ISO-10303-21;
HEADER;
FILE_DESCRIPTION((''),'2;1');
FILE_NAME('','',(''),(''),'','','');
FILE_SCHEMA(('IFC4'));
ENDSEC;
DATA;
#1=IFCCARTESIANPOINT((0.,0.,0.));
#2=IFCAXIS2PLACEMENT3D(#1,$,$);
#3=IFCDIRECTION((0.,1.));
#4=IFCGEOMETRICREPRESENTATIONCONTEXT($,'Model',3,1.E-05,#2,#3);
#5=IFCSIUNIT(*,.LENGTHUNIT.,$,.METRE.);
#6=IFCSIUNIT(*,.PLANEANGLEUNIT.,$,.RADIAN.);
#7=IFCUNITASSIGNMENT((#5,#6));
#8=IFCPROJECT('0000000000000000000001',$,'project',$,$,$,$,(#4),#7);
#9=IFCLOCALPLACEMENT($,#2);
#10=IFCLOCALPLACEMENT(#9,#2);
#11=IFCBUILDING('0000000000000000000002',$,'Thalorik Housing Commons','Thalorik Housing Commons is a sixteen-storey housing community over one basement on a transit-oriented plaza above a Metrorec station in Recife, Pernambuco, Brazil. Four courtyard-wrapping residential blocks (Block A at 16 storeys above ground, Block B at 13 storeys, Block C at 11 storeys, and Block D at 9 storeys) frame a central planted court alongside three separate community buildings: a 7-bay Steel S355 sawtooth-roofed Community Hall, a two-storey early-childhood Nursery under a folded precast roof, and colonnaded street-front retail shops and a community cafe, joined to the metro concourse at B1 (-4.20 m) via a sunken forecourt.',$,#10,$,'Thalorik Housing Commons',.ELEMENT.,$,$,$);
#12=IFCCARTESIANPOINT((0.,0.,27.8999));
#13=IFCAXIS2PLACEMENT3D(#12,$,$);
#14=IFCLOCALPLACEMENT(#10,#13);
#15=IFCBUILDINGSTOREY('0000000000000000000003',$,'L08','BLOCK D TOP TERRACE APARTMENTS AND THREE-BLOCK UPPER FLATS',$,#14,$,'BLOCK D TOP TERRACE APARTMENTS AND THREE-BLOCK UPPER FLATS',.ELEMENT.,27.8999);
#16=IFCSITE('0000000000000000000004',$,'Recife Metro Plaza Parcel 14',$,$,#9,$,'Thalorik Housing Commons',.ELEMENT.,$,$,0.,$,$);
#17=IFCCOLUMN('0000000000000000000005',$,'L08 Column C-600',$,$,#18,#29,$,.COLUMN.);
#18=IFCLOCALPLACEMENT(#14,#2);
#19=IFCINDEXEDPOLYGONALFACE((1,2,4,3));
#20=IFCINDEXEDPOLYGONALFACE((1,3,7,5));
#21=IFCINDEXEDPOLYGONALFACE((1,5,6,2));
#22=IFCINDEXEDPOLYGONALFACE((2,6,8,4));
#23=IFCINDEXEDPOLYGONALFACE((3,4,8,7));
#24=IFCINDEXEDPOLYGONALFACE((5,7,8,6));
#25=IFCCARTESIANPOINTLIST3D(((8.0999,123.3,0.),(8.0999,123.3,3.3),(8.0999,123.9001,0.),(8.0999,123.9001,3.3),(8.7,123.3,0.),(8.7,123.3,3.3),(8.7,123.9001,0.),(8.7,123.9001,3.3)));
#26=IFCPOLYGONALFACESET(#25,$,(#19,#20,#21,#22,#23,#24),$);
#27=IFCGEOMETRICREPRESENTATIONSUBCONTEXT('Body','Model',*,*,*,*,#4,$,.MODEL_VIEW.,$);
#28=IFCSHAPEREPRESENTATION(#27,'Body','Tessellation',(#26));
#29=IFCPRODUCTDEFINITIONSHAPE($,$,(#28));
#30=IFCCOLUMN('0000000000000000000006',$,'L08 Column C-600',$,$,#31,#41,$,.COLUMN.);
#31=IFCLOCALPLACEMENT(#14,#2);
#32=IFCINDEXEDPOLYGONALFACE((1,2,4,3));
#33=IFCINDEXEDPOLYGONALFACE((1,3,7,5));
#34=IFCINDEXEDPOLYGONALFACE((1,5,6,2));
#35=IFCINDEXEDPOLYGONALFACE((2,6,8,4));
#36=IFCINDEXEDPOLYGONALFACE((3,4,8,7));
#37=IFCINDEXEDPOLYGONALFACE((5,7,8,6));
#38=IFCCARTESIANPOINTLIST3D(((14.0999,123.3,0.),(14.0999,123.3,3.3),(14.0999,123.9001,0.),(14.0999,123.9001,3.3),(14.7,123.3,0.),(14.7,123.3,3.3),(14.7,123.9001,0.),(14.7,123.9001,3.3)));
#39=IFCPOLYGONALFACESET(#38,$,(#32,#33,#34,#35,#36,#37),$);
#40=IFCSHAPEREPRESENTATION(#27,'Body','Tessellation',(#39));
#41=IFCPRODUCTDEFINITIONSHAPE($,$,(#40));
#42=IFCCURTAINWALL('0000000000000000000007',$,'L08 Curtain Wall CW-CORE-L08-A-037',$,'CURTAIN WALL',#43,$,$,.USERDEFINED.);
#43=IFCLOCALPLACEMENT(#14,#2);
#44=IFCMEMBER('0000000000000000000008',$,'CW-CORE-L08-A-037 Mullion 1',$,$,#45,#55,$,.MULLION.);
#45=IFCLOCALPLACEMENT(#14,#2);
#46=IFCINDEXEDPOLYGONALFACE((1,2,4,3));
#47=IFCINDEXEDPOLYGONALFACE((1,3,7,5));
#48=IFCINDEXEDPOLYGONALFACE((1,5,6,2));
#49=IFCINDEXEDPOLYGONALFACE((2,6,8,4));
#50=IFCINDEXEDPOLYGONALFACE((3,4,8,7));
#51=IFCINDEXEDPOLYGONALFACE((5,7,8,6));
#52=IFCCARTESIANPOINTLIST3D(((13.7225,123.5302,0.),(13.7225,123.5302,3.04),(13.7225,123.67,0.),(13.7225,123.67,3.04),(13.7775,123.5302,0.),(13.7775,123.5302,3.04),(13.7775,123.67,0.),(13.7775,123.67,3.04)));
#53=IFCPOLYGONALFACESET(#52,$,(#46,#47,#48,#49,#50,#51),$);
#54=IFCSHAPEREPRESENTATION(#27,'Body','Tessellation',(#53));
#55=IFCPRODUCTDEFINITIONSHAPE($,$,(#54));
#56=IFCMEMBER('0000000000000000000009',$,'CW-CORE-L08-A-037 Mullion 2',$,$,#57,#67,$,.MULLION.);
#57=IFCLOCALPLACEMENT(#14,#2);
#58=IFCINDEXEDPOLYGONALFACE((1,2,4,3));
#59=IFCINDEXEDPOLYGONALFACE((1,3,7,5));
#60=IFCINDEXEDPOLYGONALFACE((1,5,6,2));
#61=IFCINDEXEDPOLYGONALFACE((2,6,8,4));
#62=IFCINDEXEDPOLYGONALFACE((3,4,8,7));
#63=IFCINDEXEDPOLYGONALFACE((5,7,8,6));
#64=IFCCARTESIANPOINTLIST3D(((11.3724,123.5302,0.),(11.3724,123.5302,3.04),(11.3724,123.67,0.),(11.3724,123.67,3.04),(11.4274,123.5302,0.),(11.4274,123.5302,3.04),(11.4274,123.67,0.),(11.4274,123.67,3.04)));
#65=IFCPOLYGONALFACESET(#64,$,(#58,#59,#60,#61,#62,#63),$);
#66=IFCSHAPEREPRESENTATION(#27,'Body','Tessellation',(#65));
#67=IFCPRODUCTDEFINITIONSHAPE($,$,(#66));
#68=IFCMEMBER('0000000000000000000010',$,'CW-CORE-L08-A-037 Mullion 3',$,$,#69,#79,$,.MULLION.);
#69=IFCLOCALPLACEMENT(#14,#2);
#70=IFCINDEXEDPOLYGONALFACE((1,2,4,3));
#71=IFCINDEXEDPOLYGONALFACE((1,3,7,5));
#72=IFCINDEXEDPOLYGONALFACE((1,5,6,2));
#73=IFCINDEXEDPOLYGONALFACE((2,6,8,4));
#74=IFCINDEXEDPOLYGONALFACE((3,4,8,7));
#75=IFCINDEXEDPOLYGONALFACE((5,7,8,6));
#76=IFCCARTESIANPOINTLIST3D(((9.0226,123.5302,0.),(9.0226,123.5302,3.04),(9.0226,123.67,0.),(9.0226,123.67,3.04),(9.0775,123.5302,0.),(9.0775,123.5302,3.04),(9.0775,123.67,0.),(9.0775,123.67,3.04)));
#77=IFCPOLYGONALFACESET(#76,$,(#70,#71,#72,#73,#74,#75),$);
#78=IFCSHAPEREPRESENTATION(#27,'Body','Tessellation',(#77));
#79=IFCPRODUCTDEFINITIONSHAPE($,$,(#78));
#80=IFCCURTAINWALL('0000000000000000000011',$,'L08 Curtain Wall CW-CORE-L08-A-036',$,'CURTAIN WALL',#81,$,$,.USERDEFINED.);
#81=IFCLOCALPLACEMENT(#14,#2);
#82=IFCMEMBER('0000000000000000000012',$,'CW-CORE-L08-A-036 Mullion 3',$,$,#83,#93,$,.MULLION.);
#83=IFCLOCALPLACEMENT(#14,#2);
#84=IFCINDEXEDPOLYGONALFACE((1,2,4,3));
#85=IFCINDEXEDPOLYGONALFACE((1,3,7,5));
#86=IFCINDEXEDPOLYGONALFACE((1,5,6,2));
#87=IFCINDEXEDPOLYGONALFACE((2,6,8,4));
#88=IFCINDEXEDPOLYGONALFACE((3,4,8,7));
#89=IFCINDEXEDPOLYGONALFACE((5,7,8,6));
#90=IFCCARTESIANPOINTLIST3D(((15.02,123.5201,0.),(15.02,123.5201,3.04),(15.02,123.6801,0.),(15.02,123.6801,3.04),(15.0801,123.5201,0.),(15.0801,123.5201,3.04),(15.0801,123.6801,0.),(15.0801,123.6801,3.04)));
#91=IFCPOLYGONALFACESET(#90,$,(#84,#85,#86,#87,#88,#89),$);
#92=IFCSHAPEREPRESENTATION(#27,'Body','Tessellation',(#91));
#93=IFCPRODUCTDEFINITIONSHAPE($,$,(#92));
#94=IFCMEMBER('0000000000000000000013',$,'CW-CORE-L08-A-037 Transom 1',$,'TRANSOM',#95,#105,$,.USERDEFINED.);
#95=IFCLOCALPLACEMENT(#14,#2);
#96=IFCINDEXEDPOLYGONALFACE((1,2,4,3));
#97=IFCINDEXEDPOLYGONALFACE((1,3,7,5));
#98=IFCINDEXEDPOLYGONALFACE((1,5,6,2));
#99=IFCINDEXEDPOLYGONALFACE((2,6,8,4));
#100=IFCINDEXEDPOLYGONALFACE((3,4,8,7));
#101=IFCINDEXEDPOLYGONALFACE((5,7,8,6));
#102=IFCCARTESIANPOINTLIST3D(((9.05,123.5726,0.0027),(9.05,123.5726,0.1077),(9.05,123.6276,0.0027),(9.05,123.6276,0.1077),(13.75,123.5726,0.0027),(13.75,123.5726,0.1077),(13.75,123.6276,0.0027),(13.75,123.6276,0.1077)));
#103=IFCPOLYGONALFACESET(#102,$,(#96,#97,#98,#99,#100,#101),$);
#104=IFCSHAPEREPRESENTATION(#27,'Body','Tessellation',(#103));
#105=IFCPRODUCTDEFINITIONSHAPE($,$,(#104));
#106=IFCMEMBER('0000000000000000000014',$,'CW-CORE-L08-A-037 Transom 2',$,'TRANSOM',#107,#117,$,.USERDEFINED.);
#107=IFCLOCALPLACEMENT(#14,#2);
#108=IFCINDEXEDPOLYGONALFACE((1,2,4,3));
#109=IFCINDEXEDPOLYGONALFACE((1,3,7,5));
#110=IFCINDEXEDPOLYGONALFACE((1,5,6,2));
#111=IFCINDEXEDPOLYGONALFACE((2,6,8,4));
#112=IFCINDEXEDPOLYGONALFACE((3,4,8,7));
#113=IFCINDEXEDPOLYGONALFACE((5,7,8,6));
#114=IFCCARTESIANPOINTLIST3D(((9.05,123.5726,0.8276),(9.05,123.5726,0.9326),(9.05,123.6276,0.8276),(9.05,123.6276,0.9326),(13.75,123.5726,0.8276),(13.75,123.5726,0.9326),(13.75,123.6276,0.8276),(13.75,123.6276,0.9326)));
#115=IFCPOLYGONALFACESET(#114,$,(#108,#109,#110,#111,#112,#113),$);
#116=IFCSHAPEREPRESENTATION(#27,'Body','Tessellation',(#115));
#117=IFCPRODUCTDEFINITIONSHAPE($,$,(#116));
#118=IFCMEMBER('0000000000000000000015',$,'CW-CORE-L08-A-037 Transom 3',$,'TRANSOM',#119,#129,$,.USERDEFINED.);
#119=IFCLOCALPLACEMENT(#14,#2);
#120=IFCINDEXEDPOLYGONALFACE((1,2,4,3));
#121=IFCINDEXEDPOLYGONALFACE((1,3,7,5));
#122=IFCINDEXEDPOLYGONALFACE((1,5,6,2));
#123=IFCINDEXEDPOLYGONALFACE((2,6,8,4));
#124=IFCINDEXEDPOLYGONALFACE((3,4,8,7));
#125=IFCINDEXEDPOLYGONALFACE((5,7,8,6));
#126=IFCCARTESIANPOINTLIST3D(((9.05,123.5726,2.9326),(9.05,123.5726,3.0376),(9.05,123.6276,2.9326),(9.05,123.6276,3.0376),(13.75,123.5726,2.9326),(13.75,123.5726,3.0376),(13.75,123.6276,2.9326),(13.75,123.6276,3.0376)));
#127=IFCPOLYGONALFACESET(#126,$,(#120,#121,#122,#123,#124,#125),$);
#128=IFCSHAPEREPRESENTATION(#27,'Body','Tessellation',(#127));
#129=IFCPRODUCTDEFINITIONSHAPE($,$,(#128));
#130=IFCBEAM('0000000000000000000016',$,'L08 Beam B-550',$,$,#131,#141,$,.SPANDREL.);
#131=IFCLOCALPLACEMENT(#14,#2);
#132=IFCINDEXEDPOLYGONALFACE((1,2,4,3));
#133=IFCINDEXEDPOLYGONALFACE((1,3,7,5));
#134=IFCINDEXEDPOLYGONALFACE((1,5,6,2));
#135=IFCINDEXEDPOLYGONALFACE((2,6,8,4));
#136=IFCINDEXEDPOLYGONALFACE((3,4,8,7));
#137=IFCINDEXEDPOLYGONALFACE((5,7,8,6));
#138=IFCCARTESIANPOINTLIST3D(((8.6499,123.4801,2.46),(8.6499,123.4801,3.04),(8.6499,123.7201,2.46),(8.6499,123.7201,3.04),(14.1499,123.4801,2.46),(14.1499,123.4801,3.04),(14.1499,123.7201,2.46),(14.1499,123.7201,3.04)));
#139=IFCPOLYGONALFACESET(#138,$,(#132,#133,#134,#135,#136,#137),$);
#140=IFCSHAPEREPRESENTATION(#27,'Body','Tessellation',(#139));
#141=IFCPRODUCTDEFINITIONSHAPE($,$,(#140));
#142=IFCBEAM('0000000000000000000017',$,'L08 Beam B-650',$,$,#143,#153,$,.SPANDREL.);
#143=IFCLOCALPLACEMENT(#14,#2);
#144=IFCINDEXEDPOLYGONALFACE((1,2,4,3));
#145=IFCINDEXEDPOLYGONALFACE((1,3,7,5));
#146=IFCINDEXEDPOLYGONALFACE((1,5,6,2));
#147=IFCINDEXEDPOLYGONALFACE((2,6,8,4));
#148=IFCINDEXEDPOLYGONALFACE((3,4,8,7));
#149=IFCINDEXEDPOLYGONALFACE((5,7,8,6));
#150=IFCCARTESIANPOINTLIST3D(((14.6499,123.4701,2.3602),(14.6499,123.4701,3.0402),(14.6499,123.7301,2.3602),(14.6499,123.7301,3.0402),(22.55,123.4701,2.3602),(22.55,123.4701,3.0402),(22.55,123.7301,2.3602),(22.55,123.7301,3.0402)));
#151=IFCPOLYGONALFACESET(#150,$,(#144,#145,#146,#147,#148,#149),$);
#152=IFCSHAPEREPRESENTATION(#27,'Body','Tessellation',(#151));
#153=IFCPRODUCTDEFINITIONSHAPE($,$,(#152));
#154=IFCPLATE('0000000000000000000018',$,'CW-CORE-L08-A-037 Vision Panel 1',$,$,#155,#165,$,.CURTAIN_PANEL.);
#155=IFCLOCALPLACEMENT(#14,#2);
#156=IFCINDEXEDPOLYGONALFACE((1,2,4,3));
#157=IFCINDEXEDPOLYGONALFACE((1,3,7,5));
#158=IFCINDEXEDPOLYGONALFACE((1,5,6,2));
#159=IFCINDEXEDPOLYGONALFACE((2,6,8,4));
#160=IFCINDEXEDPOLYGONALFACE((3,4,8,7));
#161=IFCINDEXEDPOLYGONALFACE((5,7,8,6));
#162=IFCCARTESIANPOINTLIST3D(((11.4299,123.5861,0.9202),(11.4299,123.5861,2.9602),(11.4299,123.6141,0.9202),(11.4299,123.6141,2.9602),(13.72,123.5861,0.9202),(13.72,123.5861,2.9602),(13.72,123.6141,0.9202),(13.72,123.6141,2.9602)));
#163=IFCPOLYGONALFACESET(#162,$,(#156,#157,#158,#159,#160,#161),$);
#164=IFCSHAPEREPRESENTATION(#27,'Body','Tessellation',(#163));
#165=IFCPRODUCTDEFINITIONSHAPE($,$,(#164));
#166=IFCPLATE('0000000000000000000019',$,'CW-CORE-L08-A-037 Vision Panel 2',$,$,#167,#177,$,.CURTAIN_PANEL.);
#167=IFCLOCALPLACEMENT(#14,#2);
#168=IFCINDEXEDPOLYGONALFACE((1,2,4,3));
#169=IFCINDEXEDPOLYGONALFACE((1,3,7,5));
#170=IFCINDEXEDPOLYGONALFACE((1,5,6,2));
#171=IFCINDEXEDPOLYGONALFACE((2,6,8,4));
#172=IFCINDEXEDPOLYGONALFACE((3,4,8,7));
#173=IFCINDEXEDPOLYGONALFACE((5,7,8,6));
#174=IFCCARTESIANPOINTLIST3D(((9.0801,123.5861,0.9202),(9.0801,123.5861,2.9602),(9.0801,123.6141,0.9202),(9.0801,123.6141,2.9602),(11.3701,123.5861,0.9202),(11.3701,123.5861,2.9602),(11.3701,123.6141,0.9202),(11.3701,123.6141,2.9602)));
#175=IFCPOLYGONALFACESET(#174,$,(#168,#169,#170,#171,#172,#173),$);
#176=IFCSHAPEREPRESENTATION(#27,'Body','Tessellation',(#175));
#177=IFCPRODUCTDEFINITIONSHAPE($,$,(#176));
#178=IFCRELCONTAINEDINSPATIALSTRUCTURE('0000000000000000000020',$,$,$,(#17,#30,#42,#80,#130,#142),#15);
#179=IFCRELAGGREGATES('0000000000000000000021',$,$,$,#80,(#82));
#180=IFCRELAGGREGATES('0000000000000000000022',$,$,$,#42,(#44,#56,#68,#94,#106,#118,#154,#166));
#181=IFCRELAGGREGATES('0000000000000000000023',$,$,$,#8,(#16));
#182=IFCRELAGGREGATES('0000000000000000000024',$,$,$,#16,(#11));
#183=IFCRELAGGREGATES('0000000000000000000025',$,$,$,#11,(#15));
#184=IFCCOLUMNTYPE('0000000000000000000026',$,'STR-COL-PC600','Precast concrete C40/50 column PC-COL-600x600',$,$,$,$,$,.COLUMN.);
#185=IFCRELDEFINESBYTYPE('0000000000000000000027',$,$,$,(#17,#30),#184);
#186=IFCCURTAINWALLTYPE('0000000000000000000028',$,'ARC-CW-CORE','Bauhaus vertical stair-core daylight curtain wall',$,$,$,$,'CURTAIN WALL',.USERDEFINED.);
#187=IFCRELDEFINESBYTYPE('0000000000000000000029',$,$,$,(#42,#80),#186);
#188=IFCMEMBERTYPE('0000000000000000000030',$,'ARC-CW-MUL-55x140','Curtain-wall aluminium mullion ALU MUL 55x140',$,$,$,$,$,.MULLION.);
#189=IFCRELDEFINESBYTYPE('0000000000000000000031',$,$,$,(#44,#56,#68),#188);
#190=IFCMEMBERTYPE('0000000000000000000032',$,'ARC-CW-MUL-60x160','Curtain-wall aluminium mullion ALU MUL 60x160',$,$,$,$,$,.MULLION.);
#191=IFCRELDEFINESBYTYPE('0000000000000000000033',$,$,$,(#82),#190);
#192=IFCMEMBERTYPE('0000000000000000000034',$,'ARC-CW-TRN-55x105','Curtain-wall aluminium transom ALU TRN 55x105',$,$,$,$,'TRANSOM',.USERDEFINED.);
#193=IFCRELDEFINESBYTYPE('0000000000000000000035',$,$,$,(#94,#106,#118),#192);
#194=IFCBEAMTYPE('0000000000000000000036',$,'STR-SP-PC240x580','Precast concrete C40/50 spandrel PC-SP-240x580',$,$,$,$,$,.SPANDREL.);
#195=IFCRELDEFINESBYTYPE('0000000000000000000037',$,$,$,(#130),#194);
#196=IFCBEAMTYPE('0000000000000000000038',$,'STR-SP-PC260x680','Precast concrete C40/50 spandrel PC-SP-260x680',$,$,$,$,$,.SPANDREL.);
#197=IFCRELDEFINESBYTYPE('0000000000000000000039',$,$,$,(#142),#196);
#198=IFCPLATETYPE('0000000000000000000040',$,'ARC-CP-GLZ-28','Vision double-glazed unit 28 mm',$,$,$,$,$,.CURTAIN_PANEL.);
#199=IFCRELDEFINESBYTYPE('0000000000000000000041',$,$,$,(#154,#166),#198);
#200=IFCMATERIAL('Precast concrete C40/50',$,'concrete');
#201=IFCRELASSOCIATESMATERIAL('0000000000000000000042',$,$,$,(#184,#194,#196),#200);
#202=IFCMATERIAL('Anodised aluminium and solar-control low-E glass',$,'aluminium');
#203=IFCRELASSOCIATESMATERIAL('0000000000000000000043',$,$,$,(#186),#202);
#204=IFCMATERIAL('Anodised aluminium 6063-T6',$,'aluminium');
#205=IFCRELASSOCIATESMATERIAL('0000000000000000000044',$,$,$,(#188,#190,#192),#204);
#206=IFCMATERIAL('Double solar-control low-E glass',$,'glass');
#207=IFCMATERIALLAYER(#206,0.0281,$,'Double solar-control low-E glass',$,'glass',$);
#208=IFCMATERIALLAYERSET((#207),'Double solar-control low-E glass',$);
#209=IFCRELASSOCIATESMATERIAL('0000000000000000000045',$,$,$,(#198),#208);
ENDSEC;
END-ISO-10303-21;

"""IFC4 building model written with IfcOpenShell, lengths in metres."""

from ifc_helpers import new_model, si_unit, direction, frame, origin, origin_2d, place, context, subcontext, project, spatial, rectangle, extrude, material, layer, layer_set, material_profile, profile_set, type_object, element, aggregate, save


model = new_model("IFC4")

# Units and contexts
model_context = context("Model", 3, precision=1e-05, world=origin(), true_north=direction((0.0, 1.0)))
body_context = subcontext(model_context, "Body", "Model", "MODEL_VIEW")
ifc_project = project(units=[si_unit("LENGTHUNIT", "METRE"), si_unit("PLANEANGLEUNIT", "RADIAN")], contexts=[model_context])

# Site, building, storey
site_placement = place(None, origin())
site = spatial("IfcSite", under=ifc_project, at=site_placement, Name="Recife Metro Plaza Parcel 14", LongName="Thalorik Housing Commons", CompositionType="ELEMENT", RefElevation=0.0)
building_placement = place(site_placement, origin())
building = spatial("IfcBuilding", under=site, at=building_placement, Name="Thalorik Housing Commons", Description="Thalorik Housing Commons is a sixteen-storey housing community over one basement on a transit-oriented plaza above a Metrorec station in Recife, Pernambuco, Brazil. Four courtyard-wrapping residential blocks (Block A at 16 storeys above ground, Block B at 13 storeys, Block C at 11 storeys, and Block D at 9 storeys) frame a central planted court alongside three separate community buildings: a 7-bay Steel S355 sawtooth-roofed Community Hall, a two-storey early-childhood Nursery under a folded precast roof, and colonnaded street-front retail shops and a community cafe, joined to the metro concourse at B1 (-4.20 m) via a sunken forecourt.", LongName="Thalorik Housing Commons", CompositionType="ELEMENT")
storey_placement = place(building_placement, frame((0.0, 0.0, 27.8999)))
storey = spatial("IfcBuildingStorey", under=building, at=storey_placement, Name="L08", Description="BLOCK D TOP TERRACE APARTMENTS AND THREE-BLOCK UPPER FLATS", LongName="BLOCK D TOP TERRACE APARTMENTS AND THREE-BLOCK UPPER FLATS", CompositionType="ELEMENT", Elevation=27.8999)

# Columns
ifc_material_1 = material(Name="Precast concrete C40/50", Category="concrete")
ifc_material_profile_1 = material_profile(ifc_material_1, rectangle(XDim=0.6001, YDim=0.6001, at=origin_2d()), Name="PC 600x600", Category="concrete")
ifc_profile_set_1 = profile_set([ifc_material_profile_1], Name="Precast concrete C40/50")
column_type = type_object("IfcColumnType", Name="STR-COL-PC600", Description="Precast concrete C40/50 column PC-COL-600x600", PredefinedType="COLUMN", material=ifc_profile_set_1)
for number, where, z_axis, x_axis, name in (
    (1, (8.3999, 123.6001, 0.0), (0.0, 0.0, 1.0), (1.0, 0.0, 0.0), "L08 Column C-600"),
    (2, (14.3999, 123.6001, 0.0), (0.0, 0.0, 1.0), (1.0, 0.0, 0.0), "L08 Column C-600"),
):
    element("IfcColumn", number, at=place(storey_placement, frame(where, z_axis=z_axis, x_axis=x_axis)), inside=storey, type_object=column_type, Name=name, PredefinedType="COLUMN", context=body_context, shape_type="SweptSolid", body=[
        extrude(rectangle(XDim=0.6001, YDim=0.6001, at=origin_2d()), origin(), (0.0, 0.0, 1.0), 3.3),
    ])

# Curtain wall, members
ifc_material_2 = material(Name="Anodised aluminium and solar-control low-E glass", Category="aluminium")
curtain_wall_type = type_object("IfcCurtainWallType", Name="ARC-CW-CORE", Description="Bauhaus vertical stair-core daylight curtain wall", ElementType="CURTAIN WALL", PredefinedType="USERDEFINED", material=ifc_material_2)
curtain_wall_1_placement = place(storey_placement, origin())
curtain_wall_1 = element("IfcCurtainWall", 3, at=curtain_wall_1_placement, inside=storey, type_object=curtain_wall_type, Name="L08 Curtain Wall CW-CORE-L08-A-037", ObjectType="CURTAIN WALL", PredefinedType="USERDEFINED")
ifc_material_3 = material(Name="Anodised aluminium 6063-T6", Category="aluminium")
ifc_material_profile_2 = material_profile(ifc_material_3, rectangle(XDim=0.0549, YDim=0.1399, at=origin_2d()), Name="ALU MUL 55x140", Category="aluminium")
ifc_profile_set_2 = profile_set([ifc_material_profile_2], Name="Anodised aluminium 6063-T6")
member_type_1 = type_object("IfcMemberType", Name="ARC-CW-MUL-55x140", Description="Curtain-wall aluminium mullion ALU MUL 55x140", PredefinedType="MULLION", material=ifc_profile_set_2)
member_1_placement = place(storey_placement, frame((13.75, 123.6001, 0.0), z_axis=(0.0, 0.0, 1.0), x_axis=(-1.0, 0.0, 0.0)))
member_1 = element("IfcMember", 4, at=member_1_placement, type_object=member_type_1, Name="CW-CORE-L08-A-037 Mullion 1", PredefinedType="MULLION", context=body_context, shape_type="SweptSolid", body=[
    extrude(rectangle(XDim=0.0549, YDim=0.1399, at=origin_2d()), origin(), (0.0, 0.0, 1.0), 3.04),
])
member_2_placement = place(storey_placement, frame((11.3999, 123.6001, 0.0), z_axis=(0.0, 0.0, 1.0), x_axis=(-1.0, 0.0, 0.0)))
member_2 = element("IfcMember", 5, at=member_2_placement, type_object=member_type_1, Name="CW-CORE-L08-A-037 Mullion 2", PredefinedType="MULLION", context=body_context, shape_type="SweptSolid", body=[
    extrude(rectangle(XDim=0.0549, YDim=0.1399, at=origin_2d()), origin(), (0.0, 0.0, 1.0), 3.04),
])
member_3_placement = place(storey_placement, frame((9.05, 123.6001, 0.0), z_axis=(0.0, 0.0, 1.0), x_axis=(-1.0, 0.0, 0.0)))
member_3 = element("IfcMember", 6, at=member_3_placement, type_object=member_type_1, Name="CW-CORE-L08-A-037 Mullion 3", PredefinedType="MULLION", context=body_context, shape_type="SweptSolid", body=[
    extrude(rectangle(XDim=0.0549, YDim=0.1399, at=origin_2d()), origin(), (0.0, 0.0, 1.0), 3.04),
])

# Curtain wall, member
curtain_wall_2_placement = place(storey_placement, origin())
curtain_wall_2 = element("IfcCurtainWall", 7, at=curtain_wall_2_placement, inside=storey, type_object=curtain_wall_type, Name="L08 Curtain Wall CW-CORE-L08-A-036", ObjectType="CURTAIN WALL", PredefinedType="USERDEFINED")
ifc_material_profile_3 = material_profile(ifc_material_3, rectangle(XDim=0.0601, YDim=0.1599, at=origin_2d()), Name="ALU MUL 60x160", Category="aluminium")
ifc_profile_set_3 = profile_set([ifc_material_profile_3], Name="Anodised aluminium 6063-T6")
member_type_2 = type_object("IfcMemberType", Name="ARC-CW-MUL-60x160", Description="Curtain-wall aluminium mullion ALU MUL 60x160", PredefinedType="MULLION", material=ifc_profile_set_3)
member_4_placement = place(storey_placement, frame((15.05, 123.6001, 0.0), z_axis=(0.0, 0.0, 1.0), x_axis=(-1.0, 0.0, 0.0)))
member_4 = element("IfcMember", 8, at=member_4_placement, type_object=member_type_2, Name="CW-CORE-L08-A-036 Mullion 3", PredefinedType="MULLION", context=body_context, shape_type="SweptSolid", body=[
    extrude(rectangle(XDim=0.0601, YDim=0.1599, at=origin_2d()), origin(), (0.0, 0.0, 1.0), 3.04),
])
aggregate(curtain_wall_2, [member_4])

# Members
ifc_material_profile_4 = material_profile(ifc_material_3, rectangle(XDim=0.0549, YDim=0.105, at=origin_2d()), Name="ALU TRN 55x105", Category="aluminium")
ifc_profile_set_4 = profile_set([ifc_material_profile_4], Name="Anodised aluminium 6063-T6")
member_type_3 = type_object("IfcMemberType", Name="ARC-CW-TRN-55x105", Description="Curtain-wall aluminium transom ALU TRN 55x105", ElementType="TRANSOM", PredefinedType="USERDEFINED", material=ifc_profile_set_4)
member_5_placement = place(storey_placement, frame((13.75, 123.6001, 0.0552), z_axis=(-1.0, 0.0, 0.0), x_axis=(0.0, -1.0, 0.0)))
member_5 = element("IfcMember", 9, at=member_5_placement, type_object=member_type_3, Name="CW-CORE-L08-A-037 Transom 1", ObjectType="TRANSOM", PredefinedType="USERDEFINED", context=body_context, shape_type="SweptSolid", body=[
    extrude(rectangle(XDim=0.0549, YDim=0.105, at=origin_2d()), origin(), (0.0, 0.0, 1.0), 4.7),
])
member_6_placement = place(storey_placement, frame((13.75, 123.6001, 0.8801), z_axis=(-1.0, 0.0, 0.0), x_axis=(0.0, -1.0, 0.0)))
member_6 = element("IfcMember", 10, at=member_6_placement, type_object=member_type_3, Name="CW-CORE-L08-A-037 Transom 2", ObjectType="TRANSOM", PredefinedType="USERDEFINED", context=body_context, shape_type="SweptSolid", body=[
    extrude(rectangle(XDim=0.0549, YDim=0.105, at=origin_2d()), origin(), (0.0, 0.0, 1.0), 4.7),
])
member_7_placement = place(storey_placement, frame((13.75, 123.6001, 2.9851), z_axis=(-1.0, 0.0, 0.0), x_axis=(0.0, -1.0, 0.0)))
member_7 = element("IfcMember", 11, at=member_7_placement, type_object=member_type_3, Name="CW-CORE-L08-A-037 Transom 3", ObjectType="TRANSOM", PredefinedType="USERDEFINED", context=body_context, shape_type="SweptSolid", body=[
    extrude(rectangle(XDim=0.0549, YDim=0.105, at=origin_2d()), origin(), (0.0, 0.0, 1.0), 4.7),
])

# Beams
ifc_material_profile_5 = material_profile(ifc_material_1, rectangle(XDim=0.24, YDim=0.5801, at=origin_2d()), Name="PC SP 240x580", Category="concrete")
ifc_profile_set_5 = profile_set([ifc_material_profile_5], Name="Precast concrete C40/50")
beam_type_1 = type_object("IfcBeamType", Name="STR-SP-PC240x580", Description="Precast concrete C40/50 spandrel PC-SP-240x580", PredefinedType="SPANDREL", material=ifc_profile_set_5)
beam_1_placement = place(storey_placement, frame((8.6499, 123.6001, 2.75), z_axis=(1.0, 0.0, 0.0), x_axis=(0.0, 1.0, 0.0)))
element("IfcBeam", 12, at=beam_1_placement, inside=storey, type_object=beam_type_1, Name="L08 Beam B-550", PredefinedType="SPANDREL", context=body_context, shape_type="SweptSolid", body=[
    extrude(rectangle(XDim=0.24, YDim=0.5801, at=origin_2d()), origin(), (0.0, 0.0, 1.0), 5.5),
])
ifc_material_profile_6 = material_profile(ifc_material_1, rectangle(XDim=0.26, YDim=0.6799, at=origin_2d()), Name="PC SP 260x680", Category="concrete")
ifc_profile_set_6 = profile_set([ifc_material_profile_6], Name="Precast concrete C40/50")
beam_type_2 = type_object("IfcBeamType", Name="STR-SP-PC260x680", Description="Precast concrete C40/50 spandrel PC-SP-260x680", PredefinedType="SPANDREL", material=ifc_profile_set_6)
beam_2_placement = place(storey_placement, frame((14.6499, 123.6001, 2.7002), z_axis=(1.0, 0.0, 0.0), x_axis=(0.0, 1.0, 0.0)))
element("IfcBeam", 13, at=beam_2_placement, inside=storey, type_object=beam_type_2, Name="L08 Beam B-650", PredefinedType="SPANDREL", context=body_context, shape_type="SweptSolid", body=[
    extrude(rectangle(XDim=0.26, YDim=0.6799, at=origin_2d()), origin(), (0.0, 0.0, 1.0), 7.9001),
])

# Plates
ifc_material_4 = material(Name="Double solar-control low-E glass", Category="glass")
ifc_layer_1 = layer(ifc_material_4, 0.0281, Name="Double solar-control low-E glass", Category="glass")
ifc_layer_set_1 = layer_set([ifc_layer_1], Name="Double solar-control low-E glass")
plate_type_1 = type_object("IfcPlateType", Name="ARC-CP-GLZ-28", Description="Vision double-glazed unit 28 mm", PredefinedType="CURTAIN_PANEL", material=ifc_layer_set_1)
plate_1_placement = place(storey_placement, frame((12.575, 123.6001, 0.9202), z_axis=(0.0, 0.0, 1.0), x_axis=(-1.0, 0.0, 0.0)))
plate_1 = element("IfcPlate", 14, at=plate_1_placement, type_object=plate_type_1, Name="CW-CORE-L08-A-037 Vision Panel 1", PredefinedType="CURTAIN_PANEL", context=body_context, shape_type="SweptSolid", body=[
    extrude(rectangle(XDim=2.29, YDim=0.0281, at=origin_2d()), origin(), (0.0, 0.0, 1.0), 2.04),
])
plate_2_placement = place(storey_placement, frame((10.2251, 123.6001, 0.9202), z_axis=(0.0, 0.0, 1.0), x_axis=(-1.0, 0.0, 0.0)))
plate_2 = element("IfcPlate", 15, at=plate_2_placement, type_object=plate_type_1, Name="CW-CORE-L08-A-037 Vision Panel 2", PredefinedType="CURTAIN_PANEL", context=body_context, shape_type="SweptSolid", body=[
    extrude(rectangle(XDim=2.29, YDim=0.0281, at=origin_2d()), origin(), (0.0, 0.0, 1.0), 2.04),
])
aggregate(curtain_wall_1, [member_1, member_2, member_3, member_5, member_6, member_7, plate_1, plate_2])

save(model, "model.ifc")
